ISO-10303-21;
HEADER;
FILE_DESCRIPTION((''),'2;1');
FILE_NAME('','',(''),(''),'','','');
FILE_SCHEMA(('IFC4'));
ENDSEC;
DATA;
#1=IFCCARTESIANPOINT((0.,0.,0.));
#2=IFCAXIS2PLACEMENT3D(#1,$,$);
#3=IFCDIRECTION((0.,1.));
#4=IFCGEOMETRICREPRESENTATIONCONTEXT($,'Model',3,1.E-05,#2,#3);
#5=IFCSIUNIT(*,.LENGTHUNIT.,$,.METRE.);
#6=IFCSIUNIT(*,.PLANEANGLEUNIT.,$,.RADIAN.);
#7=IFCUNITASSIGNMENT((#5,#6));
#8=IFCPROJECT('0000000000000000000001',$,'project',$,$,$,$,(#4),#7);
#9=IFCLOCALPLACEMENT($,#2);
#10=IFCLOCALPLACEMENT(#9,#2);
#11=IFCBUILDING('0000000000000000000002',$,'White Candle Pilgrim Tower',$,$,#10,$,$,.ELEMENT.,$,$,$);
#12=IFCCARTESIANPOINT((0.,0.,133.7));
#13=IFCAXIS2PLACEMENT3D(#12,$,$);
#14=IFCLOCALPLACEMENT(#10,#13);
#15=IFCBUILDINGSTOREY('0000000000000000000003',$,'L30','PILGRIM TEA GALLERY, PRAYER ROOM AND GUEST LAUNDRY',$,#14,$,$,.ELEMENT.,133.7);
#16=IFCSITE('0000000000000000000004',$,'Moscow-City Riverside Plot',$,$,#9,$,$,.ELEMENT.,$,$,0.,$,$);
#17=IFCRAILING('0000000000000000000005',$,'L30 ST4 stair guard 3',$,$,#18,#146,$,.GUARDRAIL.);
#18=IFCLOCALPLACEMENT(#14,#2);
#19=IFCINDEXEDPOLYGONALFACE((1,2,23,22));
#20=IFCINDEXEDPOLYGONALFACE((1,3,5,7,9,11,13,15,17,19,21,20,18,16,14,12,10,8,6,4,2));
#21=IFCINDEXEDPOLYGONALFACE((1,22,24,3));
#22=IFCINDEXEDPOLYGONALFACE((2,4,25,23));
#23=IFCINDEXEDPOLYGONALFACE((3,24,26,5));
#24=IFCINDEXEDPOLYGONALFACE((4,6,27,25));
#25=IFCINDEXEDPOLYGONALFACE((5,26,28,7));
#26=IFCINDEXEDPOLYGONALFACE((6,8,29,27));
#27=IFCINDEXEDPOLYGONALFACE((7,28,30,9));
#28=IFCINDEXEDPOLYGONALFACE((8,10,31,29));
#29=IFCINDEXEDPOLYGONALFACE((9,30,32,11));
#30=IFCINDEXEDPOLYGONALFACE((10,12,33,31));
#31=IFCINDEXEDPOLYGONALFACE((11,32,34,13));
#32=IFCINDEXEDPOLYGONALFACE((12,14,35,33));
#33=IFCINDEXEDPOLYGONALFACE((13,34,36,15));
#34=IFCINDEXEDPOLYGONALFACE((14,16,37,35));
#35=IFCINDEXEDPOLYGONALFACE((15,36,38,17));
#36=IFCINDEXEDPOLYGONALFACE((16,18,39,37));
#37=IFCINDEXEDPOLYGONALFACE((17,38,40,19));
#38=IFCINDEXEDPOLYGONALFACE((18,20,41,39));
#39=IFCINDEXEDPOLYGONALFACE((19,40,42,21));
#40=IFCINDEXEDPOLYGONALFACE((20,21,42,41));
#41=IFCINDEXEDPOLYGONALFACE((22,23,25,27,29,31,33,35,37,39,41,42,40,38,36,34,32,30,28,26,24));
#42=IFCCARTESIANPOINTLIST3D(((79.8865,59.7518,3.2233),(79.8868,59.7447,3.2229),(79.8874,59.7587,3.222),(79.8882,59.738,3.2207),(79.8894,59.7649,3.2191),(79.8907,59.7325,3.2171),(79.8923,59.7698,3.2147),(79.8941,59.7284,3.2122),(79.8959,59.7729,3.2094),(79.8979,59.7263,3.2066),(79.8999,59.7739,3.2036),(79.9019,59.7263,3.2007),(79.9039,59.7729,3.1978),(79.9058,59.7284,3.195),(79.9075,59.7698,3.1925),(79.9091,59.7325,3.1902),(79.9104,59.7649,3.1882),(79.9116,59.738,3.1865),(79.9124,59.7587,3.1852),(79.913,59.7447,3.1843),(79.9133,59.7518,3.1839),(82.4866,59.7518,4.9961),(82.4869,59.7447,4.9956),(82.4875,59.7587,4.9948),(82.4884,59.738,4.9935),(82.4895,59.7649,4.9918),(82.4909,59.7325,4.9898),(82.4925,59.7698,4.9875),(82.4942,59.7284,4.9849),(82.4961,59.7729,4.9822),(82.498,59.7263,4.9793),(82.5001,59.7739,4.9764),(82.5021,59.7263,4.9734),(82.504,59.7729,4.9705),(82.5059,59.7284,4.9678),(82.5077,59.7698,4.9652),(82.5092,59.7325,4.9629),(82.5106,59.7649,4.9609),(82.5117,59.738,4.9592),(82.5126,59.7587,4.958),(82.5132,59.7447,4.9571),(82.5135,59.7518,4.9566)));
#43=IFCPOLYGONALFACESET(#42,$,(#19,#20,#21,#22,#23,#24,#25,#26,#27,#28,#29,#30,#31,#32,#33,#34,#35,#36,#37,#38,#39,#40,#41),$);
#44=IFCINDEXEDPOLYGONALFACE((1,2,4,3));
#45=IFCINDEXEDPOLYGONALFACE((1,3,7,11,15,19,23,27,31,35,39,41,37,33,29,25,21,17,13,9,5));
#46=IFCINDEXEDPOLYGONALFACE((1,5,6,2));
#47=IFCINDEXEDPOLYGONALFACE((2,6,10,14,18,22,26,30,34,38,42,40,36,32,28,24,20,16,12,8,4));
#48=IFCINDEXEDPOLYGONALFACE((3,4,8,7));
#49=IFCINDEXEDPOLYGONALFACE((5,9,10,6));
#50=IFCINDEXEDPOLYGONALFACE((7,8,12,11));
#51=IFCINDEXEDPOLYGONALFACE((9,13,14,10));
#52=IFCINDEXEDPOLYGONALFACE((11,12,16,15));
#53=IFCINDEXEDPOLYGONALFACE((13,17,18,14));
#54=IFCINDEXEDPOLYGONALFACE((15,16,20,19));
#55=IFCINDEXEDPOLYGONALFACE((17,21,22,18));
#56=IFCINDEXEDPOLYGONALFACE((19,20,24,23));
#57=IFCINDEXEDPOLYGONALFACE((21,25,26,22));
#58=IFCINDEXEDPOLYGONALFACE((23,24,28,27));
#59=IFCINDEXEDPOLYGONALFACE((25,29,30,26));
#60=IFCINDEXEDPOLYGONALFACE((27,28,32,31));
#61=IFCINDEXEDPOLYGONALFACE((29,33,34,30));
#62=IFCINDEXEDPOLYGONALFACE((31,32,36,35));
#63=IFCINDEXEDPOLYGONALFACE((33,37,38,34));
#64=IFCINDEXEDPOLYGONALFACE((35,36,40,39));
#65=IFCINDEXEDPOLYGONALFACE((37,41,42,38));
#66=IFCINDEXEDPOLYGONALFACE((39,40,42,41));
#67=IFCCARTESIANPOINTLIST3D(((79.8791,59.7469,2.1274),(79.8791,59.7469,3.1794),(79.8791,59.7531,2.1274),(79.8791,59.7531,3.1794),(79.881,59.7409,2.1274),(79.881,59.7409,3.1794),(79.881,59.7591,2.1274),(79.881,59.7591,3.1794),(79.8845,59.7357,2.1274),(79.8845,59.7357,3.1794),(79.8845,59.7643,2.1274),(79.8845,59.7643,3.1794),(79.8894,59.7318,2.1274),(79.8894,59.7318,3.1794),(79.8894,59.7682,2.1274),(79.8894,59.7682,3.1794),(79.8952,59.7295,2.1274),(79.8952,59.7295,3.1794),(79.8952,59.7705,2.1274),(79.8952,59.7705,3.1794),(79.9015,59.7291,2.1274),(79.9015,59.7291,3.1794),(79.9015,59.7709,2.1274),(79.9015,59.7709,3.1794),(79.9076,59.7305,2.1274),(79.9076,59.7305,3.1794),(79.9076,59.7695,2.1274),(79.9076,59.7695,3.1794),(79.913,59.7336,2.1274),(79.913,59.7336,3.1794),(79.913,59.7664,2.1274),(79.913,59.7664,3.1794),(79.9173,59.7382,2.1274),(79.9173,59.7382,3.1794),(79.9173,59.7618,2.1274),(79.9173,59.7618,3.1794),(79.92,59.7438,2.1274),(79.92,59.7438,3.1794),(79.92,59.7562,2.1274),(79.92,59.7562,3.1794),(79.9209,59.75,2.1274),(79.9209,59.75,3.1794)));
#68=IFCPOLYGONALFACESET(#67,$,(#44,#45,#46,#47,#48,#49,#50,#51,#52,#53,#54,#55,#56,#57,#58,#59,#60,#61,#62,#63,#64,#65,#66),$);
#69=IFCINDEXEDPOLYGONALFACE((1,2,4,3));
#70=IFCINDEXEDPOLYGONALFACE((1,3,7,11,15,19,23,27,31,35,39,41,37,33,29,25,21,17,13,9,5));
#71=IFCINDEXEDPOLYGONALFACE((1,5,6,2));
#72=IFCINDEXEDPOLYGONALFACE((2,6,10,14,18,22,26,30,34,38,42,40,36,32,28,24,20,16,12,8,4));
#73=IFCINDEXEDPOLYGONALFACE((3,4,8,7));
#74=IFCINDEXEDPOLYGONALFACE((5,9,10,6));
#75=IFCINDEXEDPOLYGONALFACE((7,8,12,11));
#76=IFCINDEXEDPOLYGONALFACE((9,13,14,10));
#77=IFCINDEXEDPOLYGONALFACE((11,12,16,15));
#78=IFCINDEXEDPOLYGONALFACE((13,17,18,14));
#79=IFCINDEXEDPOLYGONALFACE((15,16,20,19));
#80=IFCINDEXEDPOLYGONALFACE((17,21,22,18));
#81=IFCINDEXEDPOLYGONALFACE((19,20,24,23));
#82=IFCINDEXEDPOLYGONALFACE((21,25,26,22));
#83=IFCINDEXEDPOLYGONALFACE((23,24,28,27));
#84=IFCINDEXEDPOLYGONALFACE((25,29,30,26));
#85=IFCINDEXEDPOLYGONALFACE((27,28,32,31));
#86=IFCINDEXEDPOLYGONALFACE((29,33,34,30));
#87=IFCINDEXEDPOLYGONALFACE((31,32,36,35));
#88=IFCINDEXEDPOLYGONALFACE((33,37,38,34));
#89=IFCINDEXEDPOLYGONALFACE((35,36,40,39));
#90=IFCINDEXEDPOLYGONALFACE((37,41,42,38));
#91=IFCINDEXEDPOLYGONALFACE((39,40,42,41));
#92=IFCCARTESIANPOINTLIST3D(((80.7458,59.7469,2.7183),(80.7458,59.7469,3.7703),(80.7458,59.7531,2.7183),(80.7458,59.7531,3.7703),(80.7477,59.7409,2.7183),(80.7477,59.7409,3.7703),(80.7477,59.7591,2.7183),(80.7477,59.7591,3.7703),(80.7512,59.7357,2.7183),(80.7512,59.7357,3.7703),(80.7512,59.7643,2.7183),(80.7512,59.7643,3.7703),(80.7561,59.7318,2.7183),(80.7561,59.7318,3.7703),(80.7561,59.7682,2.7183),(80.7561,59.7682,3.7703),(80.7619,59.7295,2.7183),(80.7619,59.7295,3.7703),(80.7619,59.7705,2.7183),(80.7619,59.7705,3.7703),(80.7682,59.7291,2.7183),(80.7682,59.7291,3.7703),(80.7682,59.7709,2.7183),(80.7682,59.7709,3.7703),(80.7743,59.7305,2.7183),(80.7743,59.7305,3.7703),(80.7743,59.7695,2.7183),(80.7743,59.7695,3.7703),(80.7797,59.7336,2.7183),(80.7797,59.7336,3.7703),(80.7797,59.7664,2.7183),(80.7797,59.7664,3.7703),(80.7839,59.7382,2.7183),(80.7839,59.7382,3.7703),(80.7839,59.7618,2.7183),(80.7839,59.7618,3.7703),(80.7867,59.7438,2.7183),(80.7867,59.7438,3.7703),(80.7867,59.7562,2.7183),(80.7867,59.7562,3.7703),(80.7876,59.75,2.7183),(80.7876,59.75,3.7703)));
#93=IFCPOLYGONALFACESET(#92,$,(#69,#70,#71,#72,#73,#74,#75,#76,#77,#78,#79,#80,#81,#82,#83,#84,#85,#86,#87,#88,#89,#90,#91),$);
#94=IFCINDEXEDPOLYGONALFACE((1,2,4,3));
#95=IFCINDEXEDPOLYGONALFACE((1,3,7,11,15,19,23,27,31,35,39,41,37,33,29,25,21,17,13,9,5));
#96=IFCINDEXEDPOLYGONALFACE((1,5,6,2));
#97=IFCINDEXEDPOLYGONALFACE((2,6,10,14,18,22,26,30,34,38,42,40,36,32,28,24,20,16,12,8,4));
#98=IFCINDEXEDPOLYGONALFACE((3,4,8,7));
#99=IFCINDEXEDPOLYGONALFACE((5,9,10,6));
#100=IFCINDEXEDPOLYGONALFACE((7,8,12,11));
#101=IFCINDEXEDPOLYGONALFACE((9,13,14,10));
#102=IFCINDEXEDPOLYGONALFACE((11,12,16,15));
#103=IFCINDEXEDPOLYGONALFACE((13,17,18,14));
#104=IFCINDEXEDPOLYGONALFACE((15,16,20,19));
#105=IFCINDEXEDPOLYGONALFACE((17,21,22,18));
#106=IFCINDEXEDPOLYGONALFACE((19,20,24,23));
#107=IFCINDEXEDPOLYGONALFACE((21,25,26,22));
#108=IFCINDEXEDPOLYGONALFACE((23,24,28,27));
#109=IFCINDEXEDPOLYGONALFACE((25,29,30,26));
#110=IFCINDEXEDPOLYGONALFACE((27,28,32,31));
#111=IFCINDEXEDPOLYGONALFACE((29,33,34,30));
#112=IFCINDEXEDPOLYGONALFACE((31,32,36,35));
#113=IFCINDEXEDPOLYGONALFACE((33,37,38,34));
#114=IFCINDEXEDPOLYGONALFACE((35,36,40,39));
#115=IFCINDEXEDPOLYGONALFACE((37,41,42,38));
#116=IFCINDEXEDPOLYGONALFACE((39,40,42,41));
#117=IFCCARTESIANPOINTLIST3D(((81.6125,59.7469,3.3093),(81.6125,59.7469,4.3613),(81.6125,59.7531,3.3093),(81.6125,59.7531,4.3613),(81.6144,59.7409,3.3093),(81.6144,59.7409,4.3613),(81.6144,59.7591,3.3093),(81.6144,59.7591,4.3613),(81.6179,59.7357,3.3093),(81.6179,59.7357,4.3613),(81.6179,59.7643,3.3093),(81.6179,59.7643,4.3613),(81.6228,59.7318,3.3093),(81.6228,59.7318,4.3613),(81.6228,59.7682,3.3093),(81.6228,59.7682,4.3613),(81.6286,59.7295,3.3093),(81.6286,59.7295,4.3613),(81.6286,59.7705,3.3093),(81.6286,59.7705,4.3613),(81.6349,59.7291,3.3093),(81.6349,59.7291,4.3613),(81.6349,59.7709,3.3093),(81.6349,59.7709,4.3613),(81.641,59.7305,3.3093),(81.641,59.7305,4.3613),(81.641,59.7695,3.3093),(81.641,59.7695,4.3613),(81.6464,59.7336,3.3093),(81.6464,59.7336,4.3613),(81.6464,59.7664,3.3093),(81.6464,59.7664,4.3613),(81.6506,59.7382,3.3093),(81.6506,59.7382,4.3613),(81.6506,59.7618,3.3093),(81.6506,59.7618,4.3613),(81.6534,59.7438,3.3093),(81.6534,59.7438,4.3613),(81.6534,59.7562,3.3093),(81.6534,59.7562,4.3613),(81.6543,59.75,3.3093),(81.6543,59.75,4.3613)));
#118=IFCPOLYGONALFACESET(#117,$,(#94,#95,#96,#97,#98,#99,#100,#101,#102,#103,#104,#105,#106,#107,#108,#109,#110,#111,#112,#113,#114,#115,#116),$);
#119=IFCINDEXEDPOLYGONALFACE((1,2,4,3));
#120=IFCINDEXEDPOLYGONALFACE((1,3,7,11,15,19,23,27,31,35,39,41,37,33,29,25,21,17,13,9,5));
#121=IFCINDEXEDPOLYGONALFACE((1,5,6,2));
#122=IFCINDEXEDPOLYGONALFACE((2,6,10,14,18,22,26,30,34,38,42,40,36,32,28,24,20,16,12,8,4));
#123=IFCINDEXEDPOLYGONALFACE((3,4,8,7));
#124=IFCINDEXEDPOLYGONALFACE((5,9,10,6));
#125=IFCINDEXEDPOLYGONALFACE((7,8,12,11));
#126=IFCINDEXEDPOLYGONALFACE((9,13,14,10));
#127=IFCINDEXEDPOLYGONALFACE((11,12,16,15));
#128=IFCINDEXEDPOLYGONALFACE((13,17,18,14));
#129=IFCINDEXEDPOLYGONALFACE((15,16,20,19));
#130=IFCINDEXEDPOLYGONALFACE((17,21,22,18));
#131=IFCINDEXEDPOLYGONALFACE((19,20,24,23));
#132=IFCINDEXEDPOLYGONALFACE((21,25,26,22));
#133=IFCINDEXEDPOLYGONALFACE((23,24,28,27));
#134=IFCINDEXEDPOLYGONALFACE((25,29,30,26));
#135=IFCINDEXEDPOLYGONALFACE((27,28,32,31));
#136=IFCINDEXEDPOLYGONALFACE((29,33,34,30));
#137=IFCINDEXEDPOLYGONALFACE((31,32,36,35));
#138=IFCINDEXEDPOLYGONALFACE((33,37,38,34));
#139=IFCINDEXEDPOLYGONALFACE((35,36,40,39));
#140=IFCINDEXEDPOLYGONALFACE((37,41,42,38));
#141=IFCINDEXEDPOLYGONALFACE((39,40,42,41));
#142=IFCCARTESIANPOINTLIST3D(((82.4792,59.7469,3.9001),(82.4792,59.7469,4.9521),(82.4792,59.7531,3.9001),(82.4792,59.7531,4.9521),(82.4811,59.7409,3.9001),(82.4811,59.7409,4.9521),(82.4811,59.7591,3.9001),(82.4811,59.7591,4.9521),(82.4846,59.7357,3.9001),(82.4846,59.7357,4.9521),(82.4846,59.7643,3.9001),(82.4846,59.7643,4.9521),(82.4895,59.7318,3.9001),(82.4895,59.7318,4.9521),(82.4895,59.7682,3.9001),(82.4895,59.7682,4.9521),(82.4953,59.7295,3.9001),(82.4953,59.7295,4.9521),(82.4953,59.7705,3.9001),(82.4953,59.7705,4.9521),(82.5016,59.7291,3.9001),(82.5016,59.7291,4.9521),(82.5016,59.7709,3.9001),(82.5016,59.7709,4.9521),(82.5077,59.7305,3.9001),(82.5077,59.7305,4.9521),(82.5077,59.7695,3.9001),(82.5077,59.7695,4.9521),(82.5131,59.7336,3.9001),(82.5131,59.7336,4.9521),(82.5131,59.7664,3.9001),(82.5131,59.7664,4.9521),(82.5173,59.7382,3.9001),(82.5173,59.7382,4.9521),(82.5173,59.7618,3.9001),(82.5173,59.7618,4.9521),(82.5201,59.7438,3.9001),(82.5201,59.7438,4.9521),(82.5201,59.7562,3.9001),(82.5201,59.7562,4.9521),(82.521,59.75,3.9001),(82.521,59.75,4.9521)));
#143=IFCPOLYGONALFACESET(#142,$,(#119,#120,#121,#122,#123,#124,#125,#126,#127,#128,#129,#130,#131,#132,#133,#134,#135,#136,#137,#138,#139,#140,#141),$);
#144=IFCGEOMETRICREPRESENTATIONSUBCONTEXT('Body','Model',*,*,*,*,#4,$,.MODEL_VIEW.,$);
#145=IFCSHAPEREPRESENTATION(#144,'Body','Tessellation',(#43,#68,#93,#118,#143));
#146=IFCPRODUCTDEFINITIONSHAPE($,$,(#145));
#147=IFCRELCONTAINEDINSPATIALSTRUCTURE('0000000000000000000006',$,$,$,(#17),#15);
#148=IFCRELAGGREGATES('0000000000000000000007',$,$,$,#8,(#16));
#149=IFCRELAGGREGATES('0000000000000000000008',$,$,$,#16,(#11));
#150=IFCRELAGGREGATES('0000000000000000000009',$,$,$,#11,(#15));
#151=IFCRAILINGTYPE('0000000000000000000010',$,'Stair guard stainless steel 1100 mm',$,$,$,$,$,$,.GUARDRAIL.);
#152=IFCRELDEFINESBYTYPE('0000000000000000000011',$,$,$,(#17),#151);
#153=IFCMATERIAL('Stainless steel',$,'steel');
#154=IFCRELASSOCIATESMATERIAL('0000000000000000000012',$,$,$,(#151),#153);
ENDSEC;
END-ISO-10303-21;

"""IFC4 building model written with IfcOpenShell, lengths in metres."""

from ifc_helpers import new_model, si_unit, direction, frame, origin, origin_2d, place, context, subcontext, project, spatial, circle, extrude, material, type_object, element, save


model = new_model("IFC4")

# Units and contexts
model_context = context("Model", 3, precision=1e-05, world=origin(), true_north=direction((0.0, 1.0)))
body_context = subcontext(model_context, "Body", "Model", "MODEL_VIEW")
ifc_project = project(units=[si_unit("LENGTHUNIT", "METRE"), si_unit("PLANEANGLEUNIT", "RADIAN")], contexts=[model_context])

# Site, building, storey
site_placement = place(None, origin())
site = spatial("IfcSite", under=ifc_project, at=site_placement, Name="Moscow-City Riverside Plot", CompositionType="ELEMENT", RefElevation=0.0)
building_placement = place(site_placement, origin())
building = spatial("IfcBuilding", under=site, at=building_placement, Name="White Candle Pilgrim Tower", CompositionType="ELEMENT")
storey_placement = place(building_placement, frame((0.0, 0.0, 133.7)))
storey = spatial("IfcBuildingStorey", under=building, at=storey_placement, Name="L30", Description="PILGRIM TEA GALLERY, PRAYER ROOM AND GUEST LAUNDRY", CompositionType="ELEMENT", Elevation=133.7)

# Railing
ifc_material_1 = material(Name="Stainless steel", Category="steel")
railing_type_1 = type_object("IfcRailingType", Name="Stair guard stainless steel 1100 mm", PredefinedType="GUARDRAIL", material=ifc_material_1)
railing_1_placement = place(storey_placement, frame((79.8999, 59.75, 2.1274)))
element("IfcRailing", 1, at=railing_1_placement, inside=storey, type_object=railing_type_1, Name="L30 ST4 stair guard 3", PredefinedType="GUARDRAIL", context=body_context, shape_type="SweptSolid", body=[
    extrude(circle(Radius=0.0239, at=origin_2d()), frame((0.0, 0.0, 1.0762), z_axis=(0.82624, 0.0, 0.563318), x_axis=(0.0, 1.0, 0.0)), (0.0, 0.0, 1.0), 3.147),
    extrude(circle(Radius=0.021, at=origin_2d()), origin(), (0.0, 0.0, 1.0), 1.052),
    extrude(circle(Radius=0.021, at=origin_2d()), frame((0.8667, 0.0, 0.5908)), (0.0, 0.0, 1.0), 1.052),
    extrude(circle(Radius=0.021, at=origin_2d()), frame((1.7334, 0.0, 1.1819)), (0.0, 0.0, 1.0), 1.052),
    extrude(circle(Radius=0.021, at=origin_2d()), frame((2.6001, 0.0, 1.7727)), (0.0, 0.0, 1.0), 1.052),
])

save(model, "model.ifc")
